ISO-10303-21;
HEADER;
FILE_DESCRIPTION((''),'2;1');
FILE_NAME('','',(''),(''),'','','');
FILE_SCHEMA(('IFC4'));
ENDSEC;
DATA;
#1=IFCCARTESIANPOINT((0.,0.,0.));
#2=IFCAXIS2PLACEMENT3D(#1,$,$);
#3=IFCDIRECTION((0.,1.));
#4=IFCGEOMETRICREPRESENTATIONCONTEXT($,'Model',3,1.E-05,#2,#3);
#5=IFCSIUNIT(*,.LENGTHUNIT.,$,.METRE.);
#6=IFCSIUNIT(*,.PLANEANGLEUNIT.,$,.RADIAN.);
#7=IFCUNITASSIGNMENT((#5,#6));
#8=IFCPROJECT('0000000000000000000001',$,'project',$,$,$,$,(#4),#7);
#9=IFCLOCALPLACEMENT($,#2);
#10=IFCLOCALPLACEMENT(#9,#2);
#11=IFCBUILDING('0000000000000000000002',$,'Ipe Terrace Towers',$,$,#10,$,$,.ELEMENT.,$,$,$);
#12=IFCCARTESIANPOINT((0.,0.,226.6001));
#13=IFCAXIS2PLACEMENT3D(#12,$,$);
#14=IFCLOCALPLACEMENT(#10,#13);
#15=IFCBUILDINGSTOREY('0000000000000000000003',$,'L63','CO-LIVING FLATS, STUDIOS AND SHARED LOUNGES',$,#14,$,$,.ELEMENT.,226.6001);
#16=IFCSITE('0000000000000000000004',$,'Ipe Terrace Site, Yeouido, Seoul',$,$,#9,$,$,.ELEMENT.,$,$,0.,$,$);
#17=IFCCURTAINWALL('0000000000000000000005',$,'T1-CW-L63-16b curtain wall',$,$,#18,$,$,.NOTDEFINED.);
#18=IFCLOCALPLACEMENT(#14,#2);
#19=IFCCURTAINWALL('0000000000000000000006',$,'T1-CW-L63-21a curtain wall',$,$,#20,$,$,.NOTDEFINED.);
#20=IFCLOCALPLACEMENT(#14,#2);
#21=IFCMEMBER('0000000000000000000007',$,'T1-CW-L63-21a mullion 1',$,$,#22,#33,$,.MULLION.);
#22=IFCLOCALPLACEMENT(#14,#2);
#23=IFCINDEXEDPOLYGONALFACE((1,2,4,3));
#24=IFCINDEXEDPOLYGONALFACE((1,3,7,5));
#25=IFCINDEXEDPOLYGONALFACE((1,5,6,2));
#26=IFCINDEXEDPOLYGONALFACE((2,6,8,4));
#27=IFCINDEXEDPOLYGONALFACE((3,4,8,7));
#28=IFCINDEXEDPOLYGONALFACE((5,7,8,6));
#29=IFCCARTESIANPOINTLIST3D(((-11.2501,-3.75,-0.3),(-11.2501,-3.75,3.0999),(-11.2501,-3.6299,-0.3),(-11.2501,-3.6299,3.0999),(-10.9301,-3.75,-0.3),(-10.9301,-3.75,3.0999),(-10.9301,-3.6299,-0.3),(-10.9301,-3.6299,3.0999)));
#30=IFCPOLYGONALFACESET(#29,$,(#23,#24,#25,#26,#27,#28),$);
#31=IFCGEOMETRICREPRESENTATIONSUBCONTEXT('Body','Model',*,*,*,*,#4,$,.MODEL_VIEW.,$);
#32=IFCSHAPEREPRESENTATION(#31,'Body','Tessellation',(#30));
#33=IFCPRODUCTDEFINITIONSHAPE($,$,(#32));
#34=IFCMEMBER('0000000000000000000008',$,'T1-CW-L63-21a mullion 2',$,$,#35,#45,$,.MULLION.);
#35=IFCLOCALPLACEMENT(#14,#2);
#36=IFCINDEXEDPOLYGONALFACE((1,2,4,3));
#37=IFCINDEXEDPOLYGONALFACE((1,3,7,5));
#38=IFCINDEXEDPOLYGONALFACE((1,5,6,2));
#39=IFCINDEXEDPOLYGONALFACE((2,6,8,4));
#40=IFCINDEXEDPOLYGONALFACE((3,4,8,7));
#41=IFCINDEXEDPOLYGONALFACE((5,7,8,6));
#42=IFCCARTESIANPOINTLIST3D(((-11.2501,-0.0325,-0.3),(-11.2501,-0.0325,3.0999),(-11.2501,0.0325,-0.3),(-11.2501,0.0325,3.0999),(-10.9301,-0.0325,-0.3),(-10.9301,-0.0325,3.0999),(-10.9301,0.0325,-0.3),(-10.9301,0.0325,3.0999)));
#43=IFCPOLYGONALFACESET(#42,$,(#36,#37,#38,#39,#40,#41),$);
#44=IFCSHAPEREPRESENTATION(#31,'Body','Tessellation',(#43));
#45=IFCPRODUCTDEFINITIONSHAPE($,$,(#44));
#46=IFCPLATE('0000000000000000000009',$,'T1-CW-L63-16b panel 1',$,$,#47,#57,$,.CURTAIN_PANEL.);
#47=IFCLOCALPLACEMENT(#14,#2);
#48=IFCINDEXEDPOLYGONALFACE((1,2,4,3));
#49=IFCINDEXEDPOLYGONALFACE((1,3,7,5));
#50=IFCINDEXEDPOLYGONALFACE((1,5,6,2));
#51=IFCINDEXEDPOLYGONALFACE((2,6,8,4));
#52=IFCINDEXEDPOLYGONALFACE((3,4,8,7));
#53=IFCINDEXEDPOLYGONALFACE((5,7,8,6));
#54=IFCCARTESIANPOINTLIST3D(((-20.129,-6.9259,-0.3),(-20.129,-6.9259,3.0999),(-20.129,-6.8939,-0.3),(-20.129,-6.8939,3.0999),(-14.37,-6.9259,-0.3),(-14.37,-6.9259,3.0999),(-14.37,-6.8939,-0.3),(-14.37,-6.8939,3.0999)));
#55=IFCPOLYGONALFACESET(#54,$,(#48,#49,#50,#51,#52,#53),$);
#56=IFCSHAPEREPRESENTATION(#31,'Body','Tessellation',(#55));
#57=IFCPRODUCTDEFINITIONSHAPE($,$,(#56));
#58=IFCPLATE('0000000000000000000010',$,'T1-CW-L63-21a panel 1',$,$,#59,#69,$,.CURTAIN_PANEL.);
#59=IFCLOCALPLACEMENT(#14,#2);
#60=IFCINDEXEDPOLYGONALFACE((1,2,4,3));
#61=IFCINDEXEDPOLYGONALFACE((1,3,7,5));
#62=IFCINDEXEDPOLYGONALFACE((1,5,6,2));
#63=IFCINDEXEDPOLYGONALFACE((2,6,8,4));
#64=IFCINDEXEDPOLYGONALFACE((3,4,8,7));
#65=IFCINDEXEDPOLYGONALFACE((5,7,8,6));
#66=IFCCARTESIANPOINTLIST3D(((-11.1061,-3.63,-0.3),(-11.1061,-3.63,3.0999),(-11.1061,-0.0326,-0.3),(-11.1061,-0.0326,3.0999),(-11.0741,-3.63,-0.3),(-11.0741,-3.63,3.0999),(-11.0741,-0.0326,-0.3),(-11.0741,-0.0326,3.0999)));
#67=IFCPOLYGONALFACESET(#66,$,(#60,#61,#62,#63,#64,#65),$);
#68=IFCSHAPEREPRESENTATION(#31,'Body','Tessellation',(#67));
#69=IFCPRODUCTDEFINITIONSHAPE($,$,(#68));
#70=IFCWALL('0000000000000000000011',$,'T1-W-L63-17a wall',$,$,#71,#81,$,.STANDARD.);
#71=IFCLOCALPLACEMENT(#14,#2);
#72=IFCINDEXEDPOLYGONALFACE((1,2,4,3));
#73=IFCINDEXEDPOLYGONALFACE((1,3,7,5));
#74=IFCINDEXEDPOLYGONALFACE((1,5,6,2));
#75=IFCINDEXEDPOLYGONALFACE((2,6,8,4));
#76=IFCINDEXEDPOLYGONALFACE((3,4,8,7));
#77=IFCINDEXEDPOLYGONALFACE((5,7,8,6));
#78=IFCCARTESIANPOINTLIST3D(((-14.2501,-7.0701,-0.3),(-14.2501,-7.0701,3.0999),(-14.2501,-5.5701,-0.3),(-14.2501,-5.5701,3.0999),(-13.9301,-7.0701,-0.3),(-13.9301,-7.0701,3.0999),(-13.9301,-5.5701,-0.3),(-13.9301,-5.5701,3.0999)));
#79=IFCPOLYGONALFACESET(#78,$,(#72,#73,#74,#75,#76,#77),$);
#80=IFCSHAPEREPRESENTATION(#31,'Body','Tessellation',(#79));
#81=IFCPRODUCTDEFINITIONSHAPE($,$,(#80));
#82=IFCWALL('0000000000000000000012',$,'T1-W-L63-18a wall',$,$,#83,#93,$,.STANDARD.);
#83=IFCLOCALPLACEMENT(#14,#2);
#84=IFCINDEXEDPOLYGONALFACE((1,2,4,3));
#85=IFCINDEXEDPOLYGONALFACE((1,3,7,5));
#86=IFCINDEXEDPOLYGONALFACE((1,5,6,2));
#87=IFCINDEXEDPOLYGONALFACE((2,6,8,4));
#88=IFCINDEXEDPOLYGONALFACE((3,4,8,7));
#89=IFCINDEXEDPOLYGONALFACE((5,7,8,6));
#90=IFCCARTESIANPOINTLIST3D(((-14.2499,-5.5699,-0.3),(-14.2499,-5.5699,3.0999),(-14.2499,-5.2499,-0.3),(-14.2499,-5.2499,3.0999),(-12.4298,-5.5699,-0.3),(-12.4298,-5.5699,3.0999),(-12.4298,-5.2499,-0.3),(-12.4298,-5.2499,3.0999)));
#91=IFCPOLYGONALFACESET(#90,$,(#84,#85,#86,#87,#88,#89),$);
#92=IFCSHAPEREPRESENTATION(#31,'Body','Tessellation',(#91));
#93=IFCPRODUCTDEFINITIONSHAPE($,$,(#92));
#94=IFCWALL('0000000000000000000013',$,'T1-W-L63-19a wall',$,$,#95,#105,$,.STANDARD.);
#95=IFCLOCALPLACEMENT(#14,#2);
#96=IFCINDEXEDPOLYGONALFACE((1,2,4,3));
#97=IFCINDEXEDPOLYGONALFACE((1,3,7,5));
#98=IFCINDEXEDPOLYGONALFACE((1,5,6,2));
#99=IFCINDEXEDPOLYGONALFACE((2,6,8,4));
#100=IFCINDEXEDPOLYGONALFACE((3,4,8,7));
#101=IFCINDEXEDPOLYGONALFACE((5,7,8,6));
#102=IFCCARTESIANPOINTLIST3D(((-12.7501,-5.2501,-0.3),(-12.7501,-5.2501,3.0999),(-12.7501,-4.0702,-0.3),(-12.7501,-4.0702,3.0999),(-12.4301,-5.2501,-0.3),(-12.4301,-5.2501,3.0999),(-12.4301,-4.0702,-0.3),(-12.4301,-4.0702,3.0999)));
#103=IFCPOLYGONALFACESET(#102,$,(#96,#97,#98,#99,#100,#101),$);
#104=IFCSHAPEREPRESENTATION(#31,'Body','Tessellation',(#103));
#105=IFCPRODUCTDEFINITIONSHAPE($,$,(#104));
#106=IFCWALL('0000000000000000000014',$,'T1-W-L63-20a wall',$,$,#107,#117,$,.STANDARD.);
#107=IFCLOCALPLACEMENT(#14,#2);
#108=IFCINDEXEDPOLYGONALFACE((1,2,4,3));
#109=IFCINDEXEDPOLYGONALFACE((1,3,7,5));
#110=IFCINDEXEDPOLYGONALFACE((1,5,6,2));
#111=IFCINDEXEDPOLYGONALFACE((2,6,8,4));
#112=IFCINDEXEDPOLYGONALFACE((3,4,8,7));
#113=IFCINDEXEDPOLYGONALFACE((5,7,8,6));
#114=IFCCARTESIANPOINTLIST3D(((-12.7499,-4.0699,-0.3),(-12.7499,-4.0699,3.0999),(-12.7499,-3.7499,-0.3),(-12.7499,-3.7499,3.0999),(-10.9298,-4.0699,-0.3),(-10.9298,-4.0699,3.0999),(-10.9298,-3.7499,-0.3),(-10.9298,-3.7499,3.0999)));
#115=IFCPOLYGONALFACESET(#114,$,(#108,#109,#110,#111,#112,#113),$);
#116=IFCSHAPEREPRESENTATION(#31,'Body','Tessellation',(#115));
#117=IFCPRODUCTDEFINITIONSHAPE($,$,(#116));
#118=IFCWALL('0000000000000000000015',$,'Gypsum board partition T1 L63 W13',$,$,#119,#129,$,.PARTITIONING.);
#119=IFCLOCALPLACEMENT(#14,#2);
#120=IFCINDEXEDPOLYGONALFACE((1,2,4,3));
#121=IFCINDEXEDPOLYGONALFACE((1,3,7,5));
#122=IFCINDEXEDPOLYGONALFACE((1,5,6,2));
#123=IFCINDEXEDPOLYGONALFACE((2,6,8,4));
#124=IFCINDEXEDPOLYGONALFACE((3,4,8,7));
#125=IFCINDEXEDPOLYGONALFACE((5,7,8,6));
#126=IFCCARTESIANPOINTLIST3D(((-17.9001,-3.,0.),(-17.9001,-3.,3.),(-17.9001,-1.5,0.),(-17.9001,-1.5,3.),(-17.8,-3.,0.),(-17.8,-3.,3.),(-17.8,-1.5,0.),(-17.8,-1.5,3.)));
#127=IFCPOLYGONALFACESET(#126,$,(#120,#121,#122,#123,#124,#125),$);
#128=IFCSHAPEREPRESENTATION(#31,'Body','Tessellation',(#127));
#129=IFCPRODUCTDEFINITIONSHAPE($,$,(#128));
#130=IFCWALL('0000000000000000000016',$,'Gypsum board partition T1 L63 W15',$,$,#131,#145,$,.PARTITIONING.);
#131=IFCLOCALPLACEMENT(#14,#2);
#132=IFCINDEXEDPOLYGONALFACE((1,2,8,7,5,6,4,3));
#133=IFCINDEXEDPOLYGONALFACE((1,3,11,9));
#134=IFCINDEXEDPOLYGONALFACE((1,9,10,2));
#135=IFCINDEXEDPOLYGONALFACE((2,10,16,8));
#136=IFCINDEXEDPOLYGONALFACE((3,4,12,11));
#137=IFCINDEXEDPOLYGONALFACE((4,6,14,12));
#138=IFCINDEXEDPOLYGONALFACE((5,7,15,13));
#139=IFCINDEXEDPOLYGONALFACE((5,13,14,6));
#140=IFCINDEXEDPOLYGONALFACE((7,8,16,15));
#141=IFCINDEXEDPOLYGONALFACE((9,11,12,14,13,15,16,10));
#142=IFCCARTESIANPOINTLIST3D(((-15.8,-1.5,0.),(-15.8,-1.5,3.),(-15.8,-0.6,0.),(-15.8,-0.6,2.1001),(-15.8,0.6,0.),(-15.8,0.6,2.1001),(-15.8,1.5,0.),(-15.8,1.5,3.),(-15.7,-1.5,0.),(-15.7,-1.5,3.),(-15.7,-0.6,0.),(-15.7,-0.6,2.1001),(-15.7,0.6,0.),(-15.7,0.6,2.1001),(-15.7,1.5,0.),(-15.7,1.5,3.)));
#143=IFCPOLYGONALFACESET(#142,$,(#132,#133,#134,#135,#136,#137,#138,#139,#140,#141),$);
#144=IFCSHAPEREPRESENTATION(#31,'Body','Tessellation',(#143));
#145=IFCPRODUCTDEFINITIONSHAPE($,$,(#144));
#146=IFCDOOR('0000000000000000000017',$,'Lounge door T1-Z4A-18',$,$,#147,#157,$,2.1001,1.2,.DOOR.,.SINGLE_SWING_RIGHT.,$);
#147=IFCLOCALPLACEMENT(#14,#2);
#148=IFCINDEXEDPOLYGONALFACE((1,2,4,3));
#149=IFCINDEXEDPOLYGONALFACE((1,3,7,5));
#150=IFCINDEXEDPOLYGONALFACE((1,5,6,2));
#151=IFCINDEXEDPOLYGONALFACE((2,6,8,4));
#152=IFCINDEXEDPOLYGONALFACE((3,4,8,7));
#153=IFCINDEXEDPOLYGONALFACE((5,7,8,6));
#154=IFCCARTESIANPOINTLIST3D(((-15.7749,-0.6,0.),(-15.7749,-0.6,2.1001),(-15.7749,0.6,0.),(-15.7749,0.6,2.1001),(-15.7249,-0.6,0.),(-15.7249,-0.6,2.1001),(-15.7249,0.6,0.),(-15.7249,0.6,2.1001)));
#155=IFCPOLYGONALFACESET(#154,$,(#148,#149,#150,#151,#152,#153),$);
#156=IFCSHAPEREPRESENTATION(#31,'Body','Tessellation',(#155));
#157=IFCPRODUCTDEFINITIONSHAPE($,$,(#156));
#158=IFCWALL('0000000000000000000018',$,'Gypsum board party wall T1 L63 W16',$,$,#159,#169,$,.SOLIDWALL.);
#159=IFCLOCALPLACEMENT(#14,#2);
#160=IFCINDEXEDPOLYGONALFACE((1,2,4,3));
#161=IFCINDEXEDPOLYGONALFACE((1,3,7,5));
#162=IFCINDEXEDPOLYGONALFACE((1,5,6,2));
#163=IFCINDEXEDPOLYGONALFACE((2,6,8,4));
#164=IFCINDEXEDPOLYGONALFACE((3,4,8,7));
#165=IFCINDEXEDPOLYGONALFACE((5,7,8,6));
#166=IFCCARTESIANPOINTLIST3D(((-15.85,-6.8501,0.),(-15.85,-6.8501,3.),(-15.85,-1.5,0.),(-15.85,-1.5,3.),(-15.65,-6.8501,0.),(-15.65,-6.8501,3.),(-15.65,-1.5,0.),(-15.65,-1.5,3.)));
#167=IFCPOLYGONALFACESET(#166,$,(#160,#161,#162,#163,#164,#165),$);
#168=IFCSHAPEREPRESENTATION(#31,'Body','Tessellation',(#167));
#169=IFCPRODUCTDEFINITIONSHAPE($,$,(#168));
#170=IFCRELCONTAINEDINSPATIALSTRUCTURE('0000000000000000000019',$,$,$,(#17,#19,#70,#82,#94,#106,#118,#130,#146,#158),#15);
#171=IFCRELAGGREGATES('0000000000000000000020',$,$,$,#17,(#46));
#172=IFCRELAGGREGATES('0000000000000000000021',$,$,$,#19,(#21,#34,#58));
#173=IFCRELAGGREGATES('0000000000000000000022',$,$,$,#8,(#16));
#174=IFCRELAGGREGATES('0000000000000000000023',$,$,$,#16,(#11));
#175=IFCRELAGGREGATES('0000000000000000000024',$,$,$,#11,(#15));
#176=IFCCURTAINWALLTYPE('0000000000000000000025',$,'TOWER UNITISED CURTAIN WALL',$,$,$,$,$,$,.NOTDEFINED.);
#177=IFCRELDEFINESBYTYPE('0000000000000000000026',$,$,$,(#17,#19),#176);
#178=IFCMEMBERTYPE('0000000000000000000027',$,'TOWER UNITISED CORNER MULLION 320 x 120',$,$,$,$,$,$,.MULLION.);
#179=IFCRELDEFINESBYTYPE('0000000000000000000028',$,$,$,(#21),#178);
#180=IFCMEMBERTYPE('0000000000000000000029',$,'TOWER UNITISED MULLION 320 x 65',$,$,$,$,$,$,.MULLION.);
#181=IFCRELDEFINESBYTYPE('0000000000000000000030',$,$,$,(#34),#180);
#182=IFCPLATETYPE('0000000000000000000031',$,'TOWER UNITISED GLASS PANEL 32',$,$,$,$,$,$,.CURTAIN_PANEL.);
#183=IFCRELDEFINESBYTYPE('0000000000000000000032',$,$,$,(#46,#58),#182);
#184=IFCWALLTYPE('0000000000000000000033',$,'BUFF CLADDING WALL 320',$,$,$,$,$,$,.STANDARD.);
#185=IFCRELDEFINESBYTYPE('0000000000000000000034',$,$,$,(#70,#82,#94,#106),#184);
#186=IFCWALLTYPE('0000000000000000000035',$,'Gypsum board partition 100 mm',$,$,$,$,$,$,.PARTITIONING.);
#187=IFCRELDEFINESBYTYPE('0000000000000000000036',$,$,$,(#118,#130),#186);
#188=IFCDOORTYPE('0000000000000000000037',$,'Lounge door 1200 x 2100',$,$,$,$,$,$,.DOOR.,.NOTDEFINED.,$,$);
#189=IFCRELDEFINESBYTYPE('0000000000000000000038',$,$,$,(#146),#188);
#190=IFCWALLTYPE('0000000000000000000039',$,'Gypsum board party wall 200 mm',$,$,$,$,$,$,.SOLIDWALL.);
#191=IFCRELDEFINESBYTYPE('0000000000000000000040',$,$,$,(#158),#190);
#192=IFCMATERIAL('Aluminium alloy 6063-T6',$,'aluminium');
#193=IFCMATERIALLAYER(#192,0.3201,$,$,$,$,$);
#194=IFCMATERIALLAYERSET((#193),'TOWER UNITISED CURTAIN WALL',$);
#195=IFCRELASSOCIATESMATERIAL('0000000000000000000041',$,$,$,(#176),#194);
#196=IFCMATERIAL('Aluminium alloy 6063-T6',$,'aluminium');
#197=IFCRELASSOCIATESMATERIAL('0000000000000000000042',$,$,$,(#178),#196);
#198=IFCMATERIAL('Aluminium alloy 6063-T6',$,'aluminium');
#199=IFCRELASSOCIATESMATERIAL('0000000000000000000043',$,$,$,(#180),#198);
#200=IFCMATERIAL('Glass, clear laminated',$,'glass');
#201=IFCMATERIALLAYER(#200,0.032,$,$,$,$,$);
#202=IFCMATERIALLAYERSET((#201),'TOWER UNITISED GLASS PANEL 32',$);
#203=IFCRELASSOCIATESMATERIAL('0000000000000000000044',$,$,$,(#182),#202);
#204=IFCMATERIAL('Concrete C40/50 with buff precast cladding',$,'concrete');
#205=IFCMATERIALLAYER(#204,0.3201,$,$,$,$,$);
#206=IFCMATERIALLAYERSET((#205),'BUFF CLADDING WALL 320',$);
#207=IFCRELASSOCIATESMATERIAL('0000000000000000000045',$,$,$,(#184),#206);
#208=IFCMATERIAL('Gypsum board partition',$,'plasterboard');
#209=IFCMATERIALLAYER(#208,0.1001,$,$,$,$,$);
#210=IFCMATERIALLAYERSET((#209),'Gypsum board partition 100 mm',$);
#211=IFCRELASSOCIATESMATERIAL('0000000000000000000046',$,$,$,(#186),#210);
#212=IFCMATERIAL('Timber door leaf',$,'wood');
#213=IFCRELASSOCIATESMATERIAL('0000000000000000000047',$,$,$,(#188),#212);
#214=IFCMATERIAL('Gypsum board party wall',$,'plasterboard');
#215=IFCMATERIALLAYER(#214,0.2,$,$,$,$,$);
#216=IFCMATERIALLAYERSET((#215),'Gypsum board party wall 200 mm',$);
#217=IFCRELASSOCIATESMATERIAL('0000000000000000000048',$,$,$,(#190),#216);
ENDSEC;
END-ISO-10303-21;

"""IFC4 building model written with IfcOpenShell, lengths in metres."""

from ifc_helpers import new_model, si_unit, direction, frame, frame_2d, origin, origin_2d, place, context, subcontext, project, spatial, rectangle, extrude, material, layer, layer_set, material_profile, profile_set, type_object, element, fill, aggregate, save


model = new_model("IFC4")

# Units and contexts
model_context = context("Model", 3, precision=1e-05, world=origin(), true_north=direction((0.0, 1.0)))
body_context = subcontext(model_context, "Body", "Model", "MODEL_VIEW")
ifc_project = project(units=[si_unit("LENGTHUNIT", "METRE"), si_unit("PLANEANGLEUNIT", "RADIAN")], contexts=[model_context])

# Site, building, storey
site_placement = place(None, origin())
site = spatial("IfcSite", under=ifc_project, at=site_placement, Name="Ipe Terrace Site, Yeouido, Seoul", CompositionType="ELEMENT", RefElevation=0.0)
building_placement = place(site_placement, origin())
building = spatial("IfcBuilding", under=site, at=building_placement, Name="Ipe Terrace Towers", CompositionType="ELEMENT")
storey_placement = place(building_placement, frame((0.0, 0.0, 226.6001)))
storey = spatial("IfcBuildingStorey", under=building, at=storey_placement, Name="L63", Description="CO-LIVING FLATS, STUDIOS AND SHARED LOUNGES", CompositionType="ELEMENT", Elevation=226.6001)

# Curtain walls, members
ifc_material_1 = material(Name="Aluminium alloy 6063-T6", Category="aluminium")
ifc_layer_1 = layer(ifc_material_1, 0.3201)
ifc_layer_set_1 = layer_set([ifc_layer_1], Name="TOWER UNITISED CURTAIN WALL")
curtain_wall_type = type_object("IfcCurtainWallType", Name="TOWER UNITISED CURTAIN WALL", PredefinedType="NOTDEFINED", material=ifc_layer_set_1)
curtain_wall_1_placement = place(storey_placement, origin())
curtain_wall_1 = element("IfcCurtainWall", 1, at=curtain_wall_1_placement, inside=storey, type_object=curtain_wall_type, Name="T1-CW-L63-16b curtain wall", PredefinedType="NOTDEFINED")
ifc_material_2 = material(Name="Aluminium alloy 6063-T6", Category="aluminium")
ifc_material_profile_1 = material_profile(ifc_material_2, rectangle(XDim=0.3201, YDim=0.1201, at=origin_2d()), Name="TOWER UNITISED CORNER MULLION 320 x 120")
ifc_profile_set_1 = profile_set([ifc_material_profile_1], Name="Aluminium alloy 6063-T6")
member_type_1 = type_object("IfcMemberType", Name="TOWER UNITISED CORNER MULLION 320 x 120", PredefinedType="MULLION", material=ifc_profile_set_1)
curtain_wall_2_placement = place(storey_placement, origin())
curtain_wall_2 = element("IfcCurtainWall", 2, at=curtain_wall_2_placement, inside=storey, type_object=curtain_wall_type, Name="T1-CW-L63-21a curtain wall", PredefinedType="NOTDEFINED")
member_1_placement = place(storey_placement, frame((-11.0901, -3.6899, -0.3), z_axis=(0.0, 0.0, 1.0), x_axis=(1.0, 0.0, 0.0)))
member_1 = element("IfcMember", 3, at=member_1_placement, type_object=member_type_1, Name="T1-CW-L63-21a mullion 1", PredefinedType="MULLION", context=body_context, shape_type="SweptSolid", body=[
    extrude(rectangle(XDim=0.3201, YDim=0.1201, at=origin_2d()), origin(), (0.0, 0.0, 1.0), 3.3999),
])
ifc_material_3 = material(Name="Aluminium alloy 6063-T6", Category="aluminium")
ifc_material_profile_2 = material_profile(ifc_material_3, rectangle(XDim=0.3201, YDim=0.0649, at=origin_2d()), Name="TOWER UNITISED MULLION 320 x 65")
ifc_profile_set_2 = profile_set([ifc_material_profile_2], Name="Aluminium alloy 6063-T6")
member_type_2 = type_object("IfcMemberType", Name="TOWER UNITISED MULLION 320 x 65", PredefinedType="MULLION", material=ifc_profile_set_2)
member_2_placement = place(storey_placement, frame((-11.0901, 0.0, -0.3), z_axis=(0.0, 0.0, 1.0), x_axis=(1.0, 0.0, 0.0)))
member_2 = element("IfcMember", 4, at=member_2_placement, type_object=member_type_2, Name="T1-CW-L63-21a mullion 2", PredefinedType="MULLION", context=body_context, shape_type="SweptSolid", body=[
    extrude(rectangle(XDim=0.3201, YDim=0.0649, at=origin_2d()), origin(), (0.0, 0.0, 1.0), 3.3999),
])

# Plates
ifc_material_4 = material(Name="Glass, clear laminated", Category="glass")
ifc_layer_2 = layer(ifc_material_4, 0.032)
ifc_layer_set_2 = layer_set([ifc_layer_2], Name="TOWER UNITISED GLASS PANEL 32")
plate_type = type_object("IfcPlateType", Name="TOWER UNITISED GLASS PANEL 32", PredefinedType="CURTAIN_PANEL", material=ifc_layer_set_2)
plate_1_placement = place(storey_placement, frame((-17.2495, -6.9099, -0.3), z_axis=(0.0, 0.0, 1.0), x_axis=(1.0, 0.0, 0.0)))
plate_1 = element("IfcPlate", 5, at=plate_1_placement, type_object=plate_type, Name="T1-CW-L63-16b panel 1", PredefinedType="CURTAIN_PANEL", context=body_context, shape_type="SweptSolid", body=[
    extrude(rectangle(XDim=5.759, YDim=0.032, at=origin_2d()), origin(), (0.0, 0.0, 1.0), 3.3999),
])
aggregate(curtain_wall_1, [plate_1])
plate_2_placement = place(storey_placement, frame((-11.0901, -1.8313, -0.3), z_axis=(0.0, 0.0, 1.0), x_axis=(0.0, 1.0, 0.0)))
plate_2 = element("IfcPlate", 6, at=plate_2_placement, type_object=plate_type, Name="T1-CW-L63-21a panel 1", PredefinedType="CURTAIN_PANEL", context=body_context, shape_type="SweptSolid", body=[
    extrude(rectangle(XDim=3.5974, YDim=0.032, at=origin_2d()), origin(), (0.0, 0.0, 1.0), 3.3999),
])
aggregate(curtain_wall_2, [member_1, member_2, plate_2])

# Walls
ifc_material_5 = material(Name="Concrete C40/50 with buff precast cladding", Category="concrete")
ifc_layer_3 = layer(ifc_material_5, 0.3201)
ifc_layer_set_3 = layer_set([ifc_layer_3], Name="BUFF CLADDING WALL 320")
wall_type_1 = type_object("IfcWallType", Name="BUFF CLADDING WALL 320", PredefinedType="STANDARD", material=ifc_layer_set_3)
wall_1_placement = place(storey_placement, frame((-14.0901, -7.0701, -0.3), z_axis=(0.0, 0.0, 1.0), x_axis=(0.0, 1.0, 0.0)))
element("IfcWall", 7, at=wall_1_placement, inside=storey, type_object=wall_type_1, Name="T1-W-L63-17a wall", PredefinedType="STANDARD", context=body_context, shape_type="SweptSolid", body=[
    extrude(rectangle(XDim=1.5, YDim=0.3201, at=frame_2d((0.75, 0.0))), origin(), (0.0, 0.0, 1.0), 3.3999),
])
wall_2_placement = place(storey_placement, frame((-14.25, -5.4099, -0.3), z_axis=(0.0, 0.0, 1.0), x_axis=(1.0, 0.0, 0.0)))
element("IfcWall", 8, at=wall_2_placement, inside=storey, type_object=wall_type_1, Name="T1-W-L63-18a wall", PredefinedType="STANDARD", context=body_context, shape_type="SweptSolid", body=[
    extrude(rectangle(XDim=1.8201, YDim=0.3201, at=frame_2d((0.9102, 0.0))), origin(), (0.0, 0.0, 1.0), 3.3999),
])
wall_3_placement = place(storey_placement, frame((-12.5901, -5.25, -0.3), z_axis=(0.0, 0.0, 1.0), x_axis=(0.0, 1.0, 0.0)))
element("IfcWall", 9, at=wall_3_placement, inside=storey, type_object=wall_type_1, Name="T1-W-L63-19a wall", PredefinedType="STANDARD", context=body_context, shape_type="SweptSolid", body=[
    extrude(rectangle(XDim=1.1799, YDim=0.3201, at=frame_2d((0.5898, 0.0))), origin(), (0.0, 0.0, 1.0), 3.3999),
])
wall_4_placement = place(storey_placement, frame((-12.75, -3.9099, -0.3), z_axis=(0.0, 0.0, 1.0), x_axis=(1.0, 0.0, 0.0)))
element("IfcWall", 10, at=wall_4_placement, inside=storey, type_object=wall_type_1, Name="T1-W-L63-20a wall", PredefinedType="STANDARD", context=body_context, shape_type="SweptSolid", body=[
    extrude(rectangle(XDim=1.8201, YDim=0.3201, at=frame_2d((0.9102, 0.0))), origin(), (0.0, 0.0, 1.0), 3.3999),
])
ifc_material_6 = material(Name="Gypsum board partition", Category="plasterboard")
ifc_layer_4 = layer(ifc_material_6, 0.1001)
ifc_layer_set_4 = layer_set([ifc_layer_4], Name="Gypsum board partition 100 mm")
wall_type_2 = type_object("IfcWallType", Name="Gypsum board partition 100 mm", PredefinedType="PARTITIONING", material=ifc_layer_set_4)
wall_5_placement = place(storey_placement, frame((-17.8501, -3.0, 0.0), z_axis=(0.0, 0.0, 1.0), x_axis=(0.0, 1.0, 0.0)))
element("IfcWall", 11, at=wall_5_placement, inside=storey, type_object=wall_type_2, Name="Gypsum board partition T1 L63 W13", PredefinedType="PARTITIONING", context=body_context, shape_type="SweptSolid", body=[
    extrude(rectangle(XDim=1.5, YDim=0.1001, at=frame_2d((0.75, 0.0))), origin(), (0.0, 0.0, 1.0), 3.0),
])

# Wall, opening, door
wall_6_placement = place(storey_placement, frame((-15.75, -1.5, 0.0), z_axis=(0.0, 0.0, 1.0), x_axis=(0.0, 1.0, 0.0)))
wall_6 = element("IfcWall", 12, at=wall_6_placement, inside=storey, type_object=wall_type_2, Name="Gypsum board partition T1 L63 W15", PredefinedType="PARTITIONING", context=body_context, shape_type="SweptSolid", body=[
    extrude(rectangle(XDim=3.0, YDim=0.1001, at=frame_2d((1.5, 0.0))), origin(), (0.0, 0.0, 1.0), 3.0),
])
opening_1_placement = place(wall_6_placement, frame((0.8999, 0.0, 0.0)))
opening_1 = element("IfcOpeningElement", 13, at=opening_1_placement, cuts=wall_6, PredefinedType="OPENING", context=body_context, shape_type="SweptSolid", body=[
    extrude(rectangle(XDim=1.2, YDim=2.1001, at=frame_2d((0.6001, 1.05))), frame((0.0, 0.0601, 0.0), z_axis=(0.0, -1.0, 0.0), x_axis=(1.0, 0.0, 0.0)), (0.0, 0.0, 1.0), 0.1201),
])
ifc_material_7 = material(Name="Timber door leaf", Category="wood")
door_type_1 = type_object("IfcDoorType", Name="Lounge door 1200 x 2100", OperationType="NOTDEFINED", PredefinedType="DOOR", material=ifc_material_7)
door_1_placement = place(opening_1_placement, origin())
door_1 = element("IfcDoor", 14, at=door_1_placement, inside=storey, type_object=door_type_1, Name="Lounge door T1-Z4A-18", OperationType="SINGLE_SWING_RIGHT", OverallHeight=2.1001, OverallWidth=1.2, PredefinedType="DOOR", context=body_context, shape_type="SweptSolid", body=[
    extrude(rectangle(XDim=1.2, YDim=2.1001, at=frame_2d((0.6001, 1.05))), frame((0.0, 0.0249, 0.0), z_axis=(0.0, -1.0, 0.0), x_axis=(1.0, 0.0, 0.0)), (0.0, 0.0, 1.0), 0.05),
])
fill(opening_1, door_1)

# Wall
ifc_material_8 = material(Name="Gypsum board party wall", Category="plasterboard")
ifc_layer_5 = layer(ifc_material_8, 0.2)
ifc_layer_set_5 = layer_set([ifc_layer_5], Name="Gypsum board party wall 200 mm")
wall_type_3 = type_object("IfcWallType", Name="Gypsum board party wall 200 mm", PredefinedType="SOLIDWALL", material=ifc_layer_set_5)
wall_7_placement = place(storey_placement, frame((-15.75, -6.8501, 0.0), z_axis=(0.0, 0.0, 1.0), x_axis=(0.0, 1.0, 0.0)))
element("IfcWall", 15, at=wall_7_placement, inside=storey, type_object=wall_type_3, Name="Gypsum board party wall T1 L63 W16", PredefinedType="SOLIDWALL", context=body_context, shape_type="SweptSolid", body=[
    extrude(rectangle(XDim=5.3501, YDim=0.2, at=frame_2d((2.675, 0.0))), origin(), (0.0, 0.0, 1.0), 3.0),
])

save(model, "model.ifc")
